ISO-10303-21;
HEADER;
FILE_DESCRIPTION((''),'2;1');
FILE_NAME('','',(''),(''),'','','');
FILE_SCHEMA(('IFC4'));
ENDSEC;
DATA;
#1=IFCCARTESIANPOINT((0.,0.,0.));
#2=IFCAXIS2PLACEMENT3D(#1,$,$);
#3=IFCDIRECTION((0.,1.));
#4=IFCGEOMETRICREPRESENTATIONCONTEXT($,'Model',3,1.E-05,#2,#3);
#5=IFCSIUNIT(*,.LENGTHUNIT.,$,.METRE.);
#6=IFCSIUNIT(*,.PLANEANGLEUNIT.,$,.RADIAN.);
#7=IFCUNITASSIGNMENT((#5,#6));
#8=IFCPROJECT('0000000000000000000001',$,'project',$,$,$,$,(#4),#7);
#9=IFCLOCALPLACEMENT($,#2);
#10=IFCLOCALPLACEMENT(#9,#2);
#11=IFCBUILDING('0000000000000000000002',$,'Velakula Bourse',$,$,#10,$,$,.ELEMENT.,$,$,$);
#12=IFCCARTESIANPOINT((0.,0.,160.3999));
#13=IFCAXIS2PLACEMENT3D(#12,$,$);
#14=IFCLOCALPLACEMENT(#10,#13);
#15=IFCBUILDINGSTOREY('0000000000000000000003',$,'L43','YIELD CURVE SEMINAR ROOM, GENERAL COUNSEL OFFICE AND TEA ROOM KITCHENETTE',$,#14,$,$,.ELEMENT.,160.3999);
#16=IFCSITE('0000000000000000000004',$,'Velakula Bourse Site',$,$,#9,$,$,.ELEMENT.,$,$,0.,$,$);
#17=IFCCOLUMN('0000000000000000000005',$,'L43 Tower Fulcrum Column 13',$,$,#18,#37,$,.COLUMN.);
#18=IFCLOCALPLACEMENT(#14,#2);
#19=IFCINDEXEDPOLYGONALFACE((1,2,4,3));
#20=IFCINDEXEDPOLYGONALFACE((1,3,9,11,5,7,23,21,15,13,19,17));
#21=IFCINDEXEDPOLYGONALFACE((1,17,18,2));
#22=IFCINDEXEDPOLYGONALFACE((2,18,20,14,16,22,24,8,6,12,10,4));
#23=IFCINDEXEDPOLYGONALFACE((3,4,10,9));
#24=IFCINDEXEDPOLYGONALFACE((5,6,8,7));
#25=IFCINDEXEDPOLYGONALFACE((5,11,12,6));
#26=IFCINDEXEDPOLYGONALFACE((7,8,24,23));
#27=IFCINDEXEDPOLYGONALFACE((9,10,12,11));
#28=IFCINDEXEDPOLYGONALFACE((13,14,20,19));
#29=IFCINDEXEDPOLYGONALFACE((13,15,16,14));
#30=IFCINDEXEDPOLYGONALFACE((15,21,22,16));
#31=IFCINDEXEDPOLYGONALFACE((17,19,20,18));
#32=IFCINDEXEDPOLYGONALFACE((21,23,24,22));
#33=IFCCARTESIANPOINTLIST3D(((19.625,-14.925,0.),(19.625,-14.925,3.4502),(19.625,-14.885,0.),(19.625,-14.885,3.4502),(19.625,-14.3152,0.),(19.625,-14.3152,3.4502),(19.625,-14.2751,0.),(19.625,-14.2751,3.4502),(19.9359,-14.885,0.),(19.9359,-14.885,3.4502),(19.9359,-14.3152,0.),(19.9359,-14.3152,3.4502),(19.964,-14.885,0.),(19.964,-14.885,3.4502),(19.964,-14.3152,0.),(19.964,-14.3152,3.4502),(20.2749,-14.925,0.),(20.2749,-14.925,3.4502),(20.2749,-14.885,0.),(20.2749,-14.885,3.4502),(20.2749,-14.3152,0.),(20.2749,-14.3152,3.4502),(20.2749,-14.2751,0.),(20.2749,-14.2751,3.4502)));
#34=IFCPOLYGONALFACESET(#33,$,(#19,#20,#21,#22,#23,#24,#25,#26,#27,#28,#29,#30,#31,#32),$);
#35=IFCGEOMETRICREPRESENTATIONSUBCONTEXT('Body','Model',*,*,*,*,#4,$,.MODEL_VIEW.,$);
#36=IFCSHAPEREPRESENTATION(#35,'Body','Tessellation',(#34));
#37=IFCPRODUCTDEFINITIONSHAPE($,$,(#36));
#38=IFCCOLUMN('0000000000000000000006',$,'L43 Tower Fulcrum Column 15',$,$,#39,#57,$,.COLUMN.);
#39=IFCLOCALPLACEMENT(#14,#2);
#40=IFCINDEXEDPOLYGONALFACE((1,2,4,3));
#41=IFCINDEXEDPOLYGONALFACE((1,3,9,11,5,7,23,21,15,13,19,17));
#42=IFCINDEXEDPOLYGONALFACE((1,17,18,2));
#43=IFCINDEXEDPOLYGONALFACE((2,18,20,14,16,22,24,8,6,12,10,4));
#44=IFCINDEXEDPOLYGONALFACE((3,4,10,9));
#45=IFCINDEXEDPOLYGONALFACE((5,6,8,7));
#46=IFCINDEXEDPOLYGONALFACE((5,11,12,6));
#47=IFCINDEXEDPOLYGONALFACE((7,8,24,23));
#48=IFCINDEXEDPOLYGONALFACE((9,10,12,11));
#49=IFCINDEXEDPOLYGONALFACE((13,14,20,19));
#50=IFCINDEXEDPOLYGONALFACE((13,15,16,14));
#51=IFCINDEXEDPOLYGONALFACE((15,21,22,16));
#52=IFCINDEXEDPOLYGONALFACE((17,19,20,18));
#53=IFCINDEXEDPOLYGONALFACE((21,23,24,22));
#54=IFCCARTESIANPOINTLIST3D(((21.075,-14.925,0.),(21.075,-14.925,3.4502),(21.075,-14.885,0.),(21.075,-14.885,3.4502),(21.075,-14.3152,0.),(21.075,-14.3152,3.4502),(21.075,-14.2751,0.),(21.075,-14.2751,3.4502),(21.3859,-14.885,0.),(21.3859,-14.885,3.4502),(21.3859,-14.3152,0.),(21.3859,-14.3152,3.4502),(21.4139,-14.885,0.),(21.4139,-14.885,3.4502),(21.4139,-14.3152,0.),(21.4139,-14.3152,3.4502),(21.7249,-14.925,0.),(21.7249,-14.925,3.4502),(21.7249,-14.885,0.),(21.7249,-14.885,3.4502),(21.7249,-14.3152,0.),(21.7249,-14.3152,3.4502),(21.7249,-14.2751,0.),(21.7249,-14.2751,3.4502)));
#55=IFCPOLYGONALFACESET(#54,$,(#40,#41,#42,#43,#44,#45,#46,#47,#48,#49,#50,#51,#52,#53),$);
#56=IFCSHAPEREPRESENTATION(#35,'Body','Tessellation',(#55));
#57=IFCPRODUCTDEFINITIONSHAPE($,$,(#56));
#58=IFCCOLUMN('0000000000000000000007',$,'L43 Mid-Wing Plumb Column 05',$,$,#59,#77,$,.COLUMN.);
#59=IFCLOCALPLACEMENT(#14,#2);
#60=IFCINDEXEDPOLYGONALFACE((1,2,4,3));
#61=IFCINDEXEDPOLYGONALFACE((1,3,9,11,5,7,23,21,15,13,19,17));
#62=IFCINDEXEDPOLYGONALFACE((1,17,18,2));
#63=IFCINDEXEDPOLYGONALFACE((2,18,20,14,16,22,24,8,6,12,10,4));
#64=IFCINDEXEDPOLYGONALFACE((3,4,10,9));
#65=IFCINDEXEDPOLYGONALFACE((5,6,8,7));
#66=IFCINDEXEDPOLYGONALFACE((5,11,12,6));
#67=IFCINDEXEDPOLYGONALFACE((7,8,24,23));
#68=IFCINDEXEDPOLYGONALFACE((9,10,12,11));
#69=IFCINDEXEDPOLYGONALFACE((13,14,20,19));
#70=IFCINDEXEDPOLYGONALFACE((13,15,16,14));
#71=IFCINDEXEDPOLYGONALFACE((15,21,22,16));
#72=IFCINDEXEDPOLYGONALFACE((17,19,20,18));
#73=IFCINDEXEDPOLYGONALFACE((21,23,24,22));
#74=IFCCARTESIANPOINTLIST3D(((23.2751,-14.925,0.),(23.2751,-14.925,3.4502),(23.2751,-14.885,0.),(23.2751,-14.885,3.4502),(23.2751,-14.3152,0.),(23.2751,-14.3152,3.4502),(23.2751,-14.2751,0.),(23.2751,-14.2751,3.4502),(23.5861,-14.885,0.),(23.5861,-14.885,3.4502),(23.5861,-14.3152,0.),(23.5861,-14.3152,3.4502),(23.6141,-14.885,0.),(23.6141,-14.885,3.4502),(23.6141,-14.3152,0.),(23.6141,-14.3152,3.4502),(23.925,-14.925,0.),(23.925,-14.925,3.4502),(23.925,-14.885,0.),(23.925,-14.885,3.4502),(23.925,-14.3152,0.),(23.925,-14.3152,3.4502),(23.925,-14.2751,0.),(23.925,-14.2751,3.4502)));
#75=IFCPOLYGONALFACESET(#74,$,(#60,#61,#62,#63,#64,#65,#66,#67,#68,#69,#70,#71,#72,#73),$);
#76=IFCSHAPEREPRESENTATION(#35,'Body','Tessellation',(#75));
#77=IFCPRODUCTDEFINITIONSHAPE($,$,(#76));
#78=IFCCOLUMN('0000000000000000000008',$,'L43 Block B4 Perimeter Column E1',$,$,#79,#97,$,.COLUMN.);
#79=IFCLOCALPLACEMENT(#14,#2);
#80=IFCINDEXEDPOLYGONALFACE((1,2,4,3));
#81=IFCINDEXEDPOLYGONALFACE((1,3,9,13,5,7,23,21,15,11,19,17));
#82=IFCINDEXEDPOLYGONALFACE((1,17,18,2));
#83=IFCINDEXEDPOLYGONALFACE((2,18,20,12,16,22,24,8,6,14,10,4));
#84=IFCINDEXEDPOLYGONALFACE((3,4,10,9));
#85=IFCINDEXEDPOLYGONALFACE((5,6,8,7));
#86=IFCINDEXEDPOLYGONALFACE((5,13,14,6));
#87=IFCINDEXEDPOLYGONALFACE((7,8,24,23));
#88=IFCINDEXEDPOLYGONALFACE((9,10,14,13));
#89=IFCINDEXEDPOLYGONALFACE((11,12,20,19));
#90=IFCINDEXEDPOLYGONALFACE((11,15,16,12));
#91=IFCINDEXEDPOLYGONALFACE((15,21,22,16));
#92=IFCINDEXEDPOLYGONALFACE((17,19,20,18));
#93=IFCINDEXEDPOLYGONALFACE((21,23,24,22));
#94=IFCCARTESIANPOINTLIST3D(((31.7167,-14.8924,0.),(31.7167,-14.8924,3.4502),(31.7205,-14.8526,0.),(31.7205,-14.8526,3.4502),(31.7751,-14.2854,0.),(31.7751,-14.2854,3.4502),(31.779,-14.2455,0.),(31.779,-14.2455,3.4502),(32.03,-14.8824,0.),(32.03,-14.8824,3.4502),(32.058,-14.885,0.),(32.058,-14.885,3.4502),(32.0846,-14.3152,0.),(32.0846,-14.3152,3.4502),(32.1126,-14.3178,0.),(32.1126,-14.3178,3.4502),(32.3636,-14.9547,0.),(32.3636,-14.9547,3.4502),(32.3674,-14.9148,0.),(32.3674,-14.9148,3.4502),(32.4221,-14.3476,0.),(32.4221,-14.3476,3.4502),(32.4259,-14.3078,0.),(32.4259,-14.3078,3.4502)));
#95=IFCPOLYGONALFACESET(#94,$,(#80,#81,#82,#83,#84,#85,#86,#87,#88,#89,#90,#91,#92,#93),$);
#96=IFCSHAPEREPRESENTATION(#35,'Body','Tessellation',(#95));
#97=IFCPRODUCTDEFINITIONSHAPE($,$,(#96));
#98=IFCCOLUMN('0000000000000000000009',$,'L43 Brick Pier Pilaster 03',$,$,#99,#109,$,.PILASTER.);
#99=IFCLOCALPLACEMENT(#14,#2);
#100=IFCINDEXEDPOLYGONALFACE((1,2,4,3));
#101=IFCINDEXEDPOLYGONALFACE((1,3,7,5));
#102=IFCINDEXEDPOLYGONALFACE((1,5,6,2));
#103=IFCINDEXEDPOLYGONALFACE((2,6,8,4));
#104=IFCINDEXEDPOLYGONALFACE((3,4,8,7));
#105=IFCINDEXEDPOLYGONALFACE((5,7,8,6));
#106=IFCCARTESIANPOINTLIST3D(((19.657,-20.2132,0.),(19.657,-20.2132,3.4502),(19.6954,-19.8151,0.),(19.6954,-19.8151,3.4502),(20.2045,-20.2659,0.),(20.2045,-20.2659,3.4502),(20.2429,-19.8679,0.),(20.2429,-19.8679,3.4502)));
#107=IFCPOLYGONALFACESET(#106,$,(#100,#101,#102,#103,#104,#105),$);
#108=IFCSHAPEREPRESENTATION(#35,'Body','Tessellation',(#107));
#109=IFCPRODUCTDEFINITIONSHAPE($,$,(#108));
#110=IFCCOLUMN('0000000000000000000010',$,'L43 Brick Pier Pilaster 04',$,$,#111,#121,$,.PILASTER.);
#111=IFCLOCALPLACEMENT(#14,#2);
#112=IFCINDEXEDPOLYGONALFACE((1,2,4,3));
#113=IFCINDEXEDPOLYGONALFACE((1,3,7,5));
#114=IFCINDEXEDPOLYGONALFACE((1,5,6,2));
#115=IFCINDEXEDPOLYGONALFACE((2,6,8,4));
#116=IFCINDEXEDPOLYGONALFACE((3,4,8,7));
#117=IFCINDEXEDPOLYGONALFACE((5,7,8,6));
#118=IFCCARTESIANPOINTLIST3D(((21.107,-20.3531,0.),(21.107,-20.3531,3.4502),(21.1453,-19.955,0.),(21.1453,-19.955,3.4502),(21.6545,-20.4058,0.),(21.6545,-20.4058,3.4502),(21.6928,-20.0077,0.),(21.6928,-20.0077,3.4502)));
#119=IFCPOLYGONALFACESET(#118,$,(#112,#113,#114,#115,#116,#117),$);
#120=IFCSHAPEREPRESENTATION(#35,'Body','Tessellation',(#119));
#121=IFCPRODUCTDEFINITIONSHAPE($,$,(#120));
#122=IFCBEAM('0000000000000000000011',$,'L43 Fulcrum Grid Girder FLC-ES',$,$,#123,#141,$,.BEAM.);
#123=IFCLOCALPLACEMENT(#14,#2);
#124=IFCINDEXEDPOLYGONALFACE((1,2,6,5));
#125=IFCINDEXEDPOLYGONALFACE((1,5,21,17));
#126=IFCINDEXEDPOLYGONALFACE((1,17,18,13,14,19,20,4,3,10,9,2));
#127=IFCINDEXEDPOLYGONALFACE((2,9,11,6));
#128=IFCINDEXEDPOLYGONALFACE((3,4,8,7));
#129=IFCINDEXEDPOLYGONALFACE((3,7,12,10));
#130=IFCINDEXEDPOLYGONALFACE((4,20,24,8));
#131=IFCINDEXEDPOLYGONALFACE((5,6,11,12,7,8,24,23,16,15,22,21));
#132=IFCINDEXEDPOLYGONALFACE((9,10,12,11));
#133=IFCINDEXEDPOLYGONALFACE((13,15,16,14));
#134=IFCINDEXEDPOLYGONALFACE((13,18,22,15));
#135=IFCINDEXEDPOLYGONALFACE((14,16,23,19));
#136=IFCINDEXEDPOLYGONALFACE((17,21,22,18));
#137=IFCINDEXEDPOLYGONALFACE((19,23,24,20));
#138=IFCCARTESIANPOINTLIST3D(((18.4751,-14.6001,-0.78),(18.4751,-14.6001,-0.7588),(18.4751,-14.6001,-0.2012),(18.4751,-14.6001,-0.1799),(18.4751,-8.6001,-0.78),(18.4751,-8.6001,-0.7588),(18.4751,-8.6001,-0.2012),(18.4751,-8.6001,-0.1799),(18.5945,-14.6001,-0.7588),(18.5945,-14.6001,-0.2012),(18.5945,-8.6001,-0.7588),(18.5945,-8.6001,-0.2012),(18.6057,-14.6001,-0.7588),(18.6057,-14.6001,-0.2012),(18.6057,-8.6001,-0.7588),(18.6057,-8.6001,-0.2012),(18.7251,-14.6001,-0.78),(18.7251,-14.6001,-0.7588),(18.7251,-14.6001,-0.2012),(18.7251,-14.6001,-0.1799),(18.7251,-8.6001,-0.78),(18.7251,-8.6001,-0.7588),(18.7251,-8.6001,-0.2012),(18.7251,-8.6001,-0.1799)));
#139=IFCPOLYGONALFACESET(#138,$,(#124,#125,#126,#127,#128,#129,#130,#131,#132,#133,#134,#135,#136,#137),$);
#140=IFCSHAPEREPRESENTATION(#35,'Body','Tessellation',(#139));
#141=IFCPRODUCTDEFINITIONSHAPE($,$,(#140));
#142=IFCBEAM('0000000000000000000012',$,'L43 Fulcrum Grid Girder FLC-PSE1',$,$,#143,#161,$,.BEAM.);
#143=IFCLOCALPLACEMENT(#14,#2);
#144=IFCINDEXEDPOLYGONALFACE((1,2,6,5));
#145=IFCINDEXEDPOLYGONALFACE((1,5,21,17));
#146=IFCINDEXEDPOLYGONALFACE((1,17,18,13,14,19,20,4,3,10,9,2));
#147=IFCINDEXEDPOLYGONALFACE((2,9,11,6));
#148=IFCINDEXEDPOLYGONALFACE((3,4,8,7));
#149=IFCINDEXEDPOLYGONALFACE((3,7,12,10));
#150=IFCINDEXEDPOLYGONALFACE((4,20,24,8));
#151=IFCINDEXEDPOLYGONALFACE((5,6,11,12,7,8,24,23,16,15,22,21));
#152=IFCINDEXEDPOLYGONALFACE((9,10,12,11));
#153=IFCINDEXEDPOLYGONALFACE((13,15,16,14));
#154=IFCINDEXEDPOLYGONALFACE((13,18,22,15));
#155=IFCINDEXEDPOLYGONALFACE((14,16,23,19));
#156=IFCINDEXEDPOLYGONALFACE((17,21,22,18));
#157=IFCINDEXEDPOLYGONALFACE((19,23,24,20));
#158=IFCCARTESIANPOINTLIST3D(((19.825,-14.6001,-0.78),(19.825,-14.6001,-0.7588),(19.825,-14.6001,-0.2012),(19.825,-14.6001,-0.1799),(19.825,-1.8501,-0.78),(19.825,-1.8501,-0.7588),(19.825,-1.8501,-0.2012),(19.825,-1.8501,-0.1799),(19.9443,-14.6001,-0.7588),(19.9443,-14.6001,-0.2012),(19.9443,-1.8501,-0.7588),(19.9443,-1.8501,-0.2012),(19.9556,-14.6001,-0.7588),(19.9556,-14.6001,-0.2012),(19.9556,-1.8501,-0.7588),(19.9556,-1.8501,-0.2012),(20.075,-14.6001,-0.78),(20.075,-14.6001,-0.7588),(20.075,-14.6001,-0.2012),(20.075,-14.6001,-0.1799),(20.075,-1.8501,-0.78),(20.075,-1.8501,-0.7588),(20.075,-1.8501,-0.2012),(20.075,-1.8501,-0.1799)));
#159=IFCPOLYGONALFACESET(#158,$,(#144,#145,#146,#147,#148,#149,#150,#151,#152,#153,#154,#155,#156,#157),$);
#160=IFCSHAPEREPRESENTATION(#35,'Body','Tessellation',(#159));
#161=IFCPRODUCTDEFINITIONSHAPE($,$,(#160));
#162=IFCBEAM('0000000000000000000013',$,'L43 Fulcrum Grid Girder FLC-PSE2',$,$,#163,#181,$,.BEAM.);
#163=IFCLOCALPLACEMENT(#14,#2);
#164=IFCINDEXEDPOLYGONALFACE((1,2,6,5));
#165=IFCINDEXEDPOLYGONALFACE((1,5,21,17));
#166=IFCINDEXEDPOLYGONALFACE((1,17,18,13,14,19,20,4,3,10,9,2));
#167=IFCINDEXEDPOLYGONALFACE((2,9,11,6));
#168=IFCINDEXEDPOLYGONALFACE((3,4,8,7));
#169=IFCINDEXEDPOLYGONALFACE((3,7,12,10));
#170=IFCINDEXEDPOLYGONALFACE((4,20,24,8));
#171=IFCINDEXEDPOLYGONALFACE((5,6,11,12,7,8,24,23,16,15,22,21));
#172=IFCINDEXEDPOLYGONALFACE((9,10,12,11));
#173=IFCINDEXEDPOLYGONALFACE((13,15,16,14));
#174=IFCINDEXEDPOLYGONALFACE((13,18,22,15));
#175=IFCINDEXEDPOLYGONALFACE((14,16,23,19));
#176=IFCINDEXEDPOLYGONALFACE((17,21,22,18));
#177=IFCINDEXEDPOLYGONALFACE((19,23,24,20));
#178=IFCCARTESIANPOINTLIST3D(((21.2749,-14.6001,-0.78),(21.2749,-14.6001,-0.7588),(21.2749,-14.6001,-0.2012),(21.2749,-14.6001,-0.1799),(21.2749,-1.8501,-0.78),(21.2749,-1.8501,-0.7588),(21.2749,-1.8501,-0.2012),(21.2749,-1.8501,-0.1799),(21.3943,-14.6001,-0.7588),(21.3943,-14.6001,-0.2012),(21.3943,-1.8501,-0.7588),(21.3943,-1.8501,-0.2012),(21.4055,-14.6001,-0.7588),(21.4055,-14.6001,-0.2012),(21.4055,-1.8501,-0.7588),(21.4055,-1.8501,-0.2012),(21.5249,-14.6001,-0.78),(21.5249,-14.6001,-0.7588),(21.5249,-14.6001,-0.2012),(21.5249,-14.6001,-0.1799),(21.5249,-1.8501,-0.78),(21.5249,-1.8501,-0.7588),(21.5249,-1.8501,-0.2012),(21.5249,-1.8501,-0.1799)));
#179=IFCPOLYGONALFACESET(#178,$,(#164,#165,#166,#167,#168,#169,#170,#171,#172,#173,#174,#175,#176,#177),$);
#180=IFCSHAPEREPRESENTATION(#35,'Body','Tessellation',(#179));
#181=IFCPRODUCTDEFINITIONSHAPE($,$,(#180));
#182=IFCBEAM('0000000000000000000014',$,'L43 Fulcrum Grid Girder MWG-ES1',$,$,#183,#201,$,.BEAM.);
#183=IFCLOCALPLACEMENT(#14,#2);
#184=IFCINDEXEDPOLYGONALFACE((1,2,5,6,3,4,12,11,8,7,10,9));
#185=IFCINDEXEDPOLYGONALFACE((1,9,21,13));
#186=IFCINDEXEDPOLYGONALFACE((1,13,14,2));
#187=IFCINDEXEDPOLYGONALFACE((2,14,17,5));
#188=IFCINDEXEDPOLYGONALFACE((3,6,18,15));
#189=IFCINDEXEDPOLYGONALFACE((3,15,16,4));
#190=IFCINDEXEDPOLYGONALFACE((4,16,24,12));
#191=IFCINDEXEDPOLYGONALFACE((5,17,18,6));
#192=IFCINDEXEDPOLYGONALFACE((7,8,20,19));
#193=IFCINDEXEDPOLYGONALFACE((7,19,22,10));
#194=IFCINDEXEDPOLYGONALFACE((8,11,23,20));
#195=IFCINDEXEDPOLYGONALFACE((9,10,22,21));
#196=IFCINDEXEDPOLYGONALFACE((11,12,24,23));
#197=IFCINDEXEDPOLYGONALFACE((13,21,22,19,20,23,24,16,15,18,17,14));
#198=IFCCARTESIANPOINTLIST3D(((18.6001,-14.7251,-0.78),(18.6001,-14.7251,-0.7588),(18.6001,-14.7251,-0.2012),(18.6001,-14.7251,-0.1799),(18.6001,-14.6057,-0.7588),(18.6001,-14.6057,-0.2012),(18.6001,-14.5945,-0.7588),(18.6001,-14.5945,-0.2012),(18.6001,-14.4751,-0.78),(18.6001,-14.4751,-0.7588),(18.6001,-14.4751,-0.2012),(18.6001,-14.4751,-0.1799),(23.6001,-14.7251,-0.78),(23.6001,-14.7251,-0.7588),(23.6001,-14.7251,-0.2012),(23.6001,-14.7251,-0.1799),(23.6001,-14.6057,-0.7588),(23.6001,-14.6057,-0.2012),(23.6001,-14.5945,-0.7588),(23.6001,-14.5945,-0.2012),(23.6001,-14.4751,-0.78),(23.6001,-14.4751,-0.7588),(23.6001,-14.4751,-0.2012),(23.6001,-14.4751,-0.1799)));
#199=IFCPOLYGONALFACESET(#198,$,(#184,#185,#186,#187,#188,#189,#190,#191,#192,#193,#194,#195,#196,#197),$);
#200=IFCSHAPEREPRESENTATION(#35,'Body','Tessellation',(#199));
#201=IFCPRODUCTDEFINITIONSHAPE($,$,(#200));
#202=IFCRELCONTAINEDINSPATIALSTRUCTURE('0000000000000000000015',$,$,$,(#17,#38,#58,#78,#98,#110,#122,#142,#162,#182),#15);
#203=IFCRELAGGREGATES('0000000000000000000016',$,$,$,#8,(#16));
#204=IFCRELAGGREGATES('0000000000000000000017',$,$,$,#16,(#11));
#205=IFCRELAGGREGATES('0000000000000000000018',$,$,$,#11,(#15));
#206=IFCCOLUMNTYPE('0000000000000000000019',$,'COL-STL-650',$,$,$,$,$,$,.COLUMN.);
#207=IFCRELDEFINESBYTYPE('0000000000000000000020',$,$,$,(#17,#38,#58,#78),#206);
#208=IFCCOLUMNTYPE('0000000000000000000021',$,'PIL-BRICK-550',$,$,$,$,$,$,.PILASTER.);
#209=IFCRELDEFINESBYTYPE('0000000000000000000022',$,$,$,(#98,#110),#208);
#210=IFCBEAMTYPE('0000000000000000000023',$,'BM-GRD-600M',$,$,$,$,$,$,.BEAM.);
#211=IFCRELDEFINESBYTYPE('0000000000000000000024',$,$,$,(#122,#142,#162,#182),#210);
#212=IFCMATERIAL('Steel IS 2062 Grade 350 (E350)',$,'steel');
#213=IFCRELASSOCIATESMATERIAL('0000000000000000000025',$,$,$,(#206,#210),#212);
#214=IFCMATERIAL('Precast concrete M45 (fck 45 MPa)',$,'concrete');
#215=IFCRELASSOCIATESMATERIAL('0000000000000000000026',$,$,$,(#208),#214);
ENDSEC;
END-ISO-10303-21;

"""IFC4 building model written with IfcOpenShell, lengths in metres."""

from ifc_helpers import new_model, si_unit, direction, frame, origin, origin_2d, place, context, subcontext, project, spatial, rectangle, i_section, extrude, material, material_profile, profile_set, type_object, element, save


model = new_model("IFC4")

# Units and contexts
model_context = context("Model", 3, precision=1e-05, world=origin(), true_north=direction((0.0, 1.0)))
body_context = subcontext(model_context, "Body", "Model", "MODEL_VIEW")
ifc_project = project(units=[si_unit("LENGTHUNIT", "METRE"), si_unit("PLANEANGLEUNIT", "RADIAN")], contexts=[model_context])

# Site, building, storey
site_placement = place(None, origin())
site = spatial("IfcSite", under=ifc_project, at=site_placement, Name="Velakula Bourse Site", CompositionType="ELEMENT", RefElevation=0.0)
building_placement = place(site_placement, origin())
building = spatial("IfcBuilding", under=site, at=building_placement, Name="Velakula Bourse", CompositionType="ELEMENT")
storey_placement = place(building_placement, frame((0.0, 0.0, 160.3999)))
storey = spatial("IfcBuildingStorey", under=building, at=storey_placement, Name="L43", Description="YIELD CURVE SEMINAR ROOM, GENERAL COUNSEL OFFICE AND TEA ROOM KITCHENETTE", CompositionType="ELEMENT", Elevation=160.3999)

# Columns
ifc_material_1 = material(Name="Steel IS 2062 Grade 350 (E350)", Category="steel")
ifc_material_profile_1 = material_profile(ifc_material_1, i_section(OverallWidth=0.6499, OverallDepth=0.6499, WebThickness=0.0281, FlangeThickness=0.04, at=origin_2d()), Name="Steel IS 2062 Grade 350 (E350)")
ifc_profile_set_1 = profile_set([ifc_material_profile_1], Name="Steel IS 2062 Grade 350 (E350)")
column_type_1 = type_object("IfcColumnType", Name="COL-STL-650", PredefinedType="COLUMN", material=ifc_profile_set_1)
for number, where, z_axis, x_axis, name in (
    (1, (19.95, -14.6001, 0.0), (0.0, 0.0, 1.0), (1.0, 0.0, 0.0), "L43 Tower Fulcrum Column 13"),
    (2, (21.3999, -14.6001, 0.0), (0.0, 0.0, 1.0), (1.0, 0.0, 0.0), "L43 Tower Fulcrum Column 15"),
    (3, (23.6001, -14.6001, 0.0), (0.0, 0.0, 1.0), (1.0, 0.0, 0.0), "L43 Mid-Wing Plumb Column 05"),
    (4, (32.0713, -14.6001, 0.0), (0.0, 0.0, 1.0), (0.995396, -0.095846, 0.0), "L43 Block B4 Perimeter Column E1"),
):
    element("IfcColumn", number, at=place(storey_placement, frame(where, z_axis=z_axis, x_axis=x_axis)), inside=storey, type_object=column_type_1, Name=name, PredefinedType="COLUMN", context=body_context, shape_type="SweptSolid", body=[
        extrude(i_section(OverallWidth=0.6499, OverallDepth=0.6499, WebThickness=0.0281, FlangeThickness=0.04, at=origin_2d()), origin(), (0.0, 0.0, 1.0), 3.4502),
    ])
ifc_material_2 = material(Name="Precast concrete M45 (fck 45 MPa)", Category="concrete")
ifc_material_profile_2 = material_profile(ifc_material_2, rectangle(XDim=0.55, YDim=0.3999, at=origin_2d()), Name="Precast concrete M45 (fck 45 MPa)")
ifc_profile_set_2 = profile_set([ifc_material_profile_2], Name="Precast concrete M45 (fck 45 MPa)")
column_type_2 = type_object("IfcColumnType", Name="PIL-BRICK-550", PredefinedType="PILASTER", material=ifc_profile_set_2)
for number, where, z_axis, x_axis, name in (
    (5, (19.95, -20.0405, 0.0), (0.0, 0.0, 1.0), (0.995396, -0.095846, 0.0), "L43 Brick Pier Pilaster 03"),
    (6, (21.3999, -20.1804, 0.0), (0.0, 0.0, 1.0), (0.995396, -0.095846, 0.0), "L43 Brick Pier Pilaster 04"),
):
    element("IfcColumn", number, at=place(storey_placement, frame(where, z_axis=z_axis, x_axis=x_axis)), inside=storey, type_object=column_type_2, Name=name, PredefinedType="PILASTER", context=body_context, shape_type="SweptSolid", body=[
        extrude(rectangle(XDim=0.55, YDim=0.3999, at=origin_2d()), origin(), (0.0, 0.0, 1.0), 3.4502),
    ])

# Beams
ifc_material_profile_3 = material_profile(ifc_material_1, i_section(OverallWidth=0.25, OverallDepth=0.6001, WebThickness=0.0112, FlangeThickness=0.0212, at=origin_2d()), Name="Steel IS 2062 Grade 350 (E350)")
ifc_profile_set_3 = profile_set([ifc_material_profile_3], Name="Steel IS 2062 Grade 350 (E350)")
beam_type_1 = type_object("IfcBeamType", Name="BM-GRD-600M", PredefinedType="BEAM", material=ifc_profile_set_3)
beam_1_placement = place(storey_placement, frame((18.6001, -14.6001, -0.48), z_axis=(0.0, 1.0, 0.0), x_axis=(-1.0, 0.0, 0.0)))
element("IfcBeam", 7, at=beam_1_placement, inside=storey, type_object=beam_type_1, Name="L43 Fulcrum Grid Girder FLC-ES", PredefinedType="BEAM", context=body_context, shape_type="SweptSolid", body=[
    extrude(i_section(OverallWidth=0.25, OverallDepth=0.6001, WebThickness=0.0112, FlangeThickness=0.0212, at=origin_2d()), origin(), (0.0, 0.0, 1.0), 6.0),
])
for number, where, z_axis, x_axis, name in (
    (8, (19.95, -14.6001, -0.48), (0.0, 1.0, 0.0), (-1.0, 0.0, 0.0), "L43 Fulcrum Grid Girder FLC-PSE1"),
    (9, (21.3999, -14.6001, -0.48), (0.0, 1.0, 0.0), (-1.0, 0.0, 0.0), "L43 Fulcrum Grid Girder FLC-PSE2"),
):
    element("IfcBeam", number, at=place(storey_placement, frame(where, z_axis=z_axis, x_axis=x_axis)), inside=storey, type_object=beam_type_1, Name=name, PredefinedType="BEAM", context=body_context, shape_type="SweptSolid", body=[
        extrude(i_section(OverallWidth=0.25, OverallDepth=0.6001, WebThickness=0.0112, FlangeThickness=0.0212, at=origin_2d()), origin(), (0.0, 0.0, 1.0), 12.75),
    ])
beam_2_placement = place(storey_placement, frame((18.6001, -14.6001, -0.48), z_axis=(1.0, 0.0, 0.0), x_axis=(0.0, 1.0, 0.0)))
element("IfcBeam", 10, at=beam_2_placement, inside=storey, type_object=beam_type_1, Name="L43 Fulcrum Grid Girder MWG-ES1", PredefinedType="BEAM", context=body_context, shape_type="SweptSolid", body=[
    extrude(i_section(OverallWidth=0.25, OverallDepth=0.6001, WebThickness=0.0112, FlangeThickness=0.0212, at=origin_2d()), origin(), (0.0, 0.0, 1.0), 5.0),
])

save(model, "model.ifc")
